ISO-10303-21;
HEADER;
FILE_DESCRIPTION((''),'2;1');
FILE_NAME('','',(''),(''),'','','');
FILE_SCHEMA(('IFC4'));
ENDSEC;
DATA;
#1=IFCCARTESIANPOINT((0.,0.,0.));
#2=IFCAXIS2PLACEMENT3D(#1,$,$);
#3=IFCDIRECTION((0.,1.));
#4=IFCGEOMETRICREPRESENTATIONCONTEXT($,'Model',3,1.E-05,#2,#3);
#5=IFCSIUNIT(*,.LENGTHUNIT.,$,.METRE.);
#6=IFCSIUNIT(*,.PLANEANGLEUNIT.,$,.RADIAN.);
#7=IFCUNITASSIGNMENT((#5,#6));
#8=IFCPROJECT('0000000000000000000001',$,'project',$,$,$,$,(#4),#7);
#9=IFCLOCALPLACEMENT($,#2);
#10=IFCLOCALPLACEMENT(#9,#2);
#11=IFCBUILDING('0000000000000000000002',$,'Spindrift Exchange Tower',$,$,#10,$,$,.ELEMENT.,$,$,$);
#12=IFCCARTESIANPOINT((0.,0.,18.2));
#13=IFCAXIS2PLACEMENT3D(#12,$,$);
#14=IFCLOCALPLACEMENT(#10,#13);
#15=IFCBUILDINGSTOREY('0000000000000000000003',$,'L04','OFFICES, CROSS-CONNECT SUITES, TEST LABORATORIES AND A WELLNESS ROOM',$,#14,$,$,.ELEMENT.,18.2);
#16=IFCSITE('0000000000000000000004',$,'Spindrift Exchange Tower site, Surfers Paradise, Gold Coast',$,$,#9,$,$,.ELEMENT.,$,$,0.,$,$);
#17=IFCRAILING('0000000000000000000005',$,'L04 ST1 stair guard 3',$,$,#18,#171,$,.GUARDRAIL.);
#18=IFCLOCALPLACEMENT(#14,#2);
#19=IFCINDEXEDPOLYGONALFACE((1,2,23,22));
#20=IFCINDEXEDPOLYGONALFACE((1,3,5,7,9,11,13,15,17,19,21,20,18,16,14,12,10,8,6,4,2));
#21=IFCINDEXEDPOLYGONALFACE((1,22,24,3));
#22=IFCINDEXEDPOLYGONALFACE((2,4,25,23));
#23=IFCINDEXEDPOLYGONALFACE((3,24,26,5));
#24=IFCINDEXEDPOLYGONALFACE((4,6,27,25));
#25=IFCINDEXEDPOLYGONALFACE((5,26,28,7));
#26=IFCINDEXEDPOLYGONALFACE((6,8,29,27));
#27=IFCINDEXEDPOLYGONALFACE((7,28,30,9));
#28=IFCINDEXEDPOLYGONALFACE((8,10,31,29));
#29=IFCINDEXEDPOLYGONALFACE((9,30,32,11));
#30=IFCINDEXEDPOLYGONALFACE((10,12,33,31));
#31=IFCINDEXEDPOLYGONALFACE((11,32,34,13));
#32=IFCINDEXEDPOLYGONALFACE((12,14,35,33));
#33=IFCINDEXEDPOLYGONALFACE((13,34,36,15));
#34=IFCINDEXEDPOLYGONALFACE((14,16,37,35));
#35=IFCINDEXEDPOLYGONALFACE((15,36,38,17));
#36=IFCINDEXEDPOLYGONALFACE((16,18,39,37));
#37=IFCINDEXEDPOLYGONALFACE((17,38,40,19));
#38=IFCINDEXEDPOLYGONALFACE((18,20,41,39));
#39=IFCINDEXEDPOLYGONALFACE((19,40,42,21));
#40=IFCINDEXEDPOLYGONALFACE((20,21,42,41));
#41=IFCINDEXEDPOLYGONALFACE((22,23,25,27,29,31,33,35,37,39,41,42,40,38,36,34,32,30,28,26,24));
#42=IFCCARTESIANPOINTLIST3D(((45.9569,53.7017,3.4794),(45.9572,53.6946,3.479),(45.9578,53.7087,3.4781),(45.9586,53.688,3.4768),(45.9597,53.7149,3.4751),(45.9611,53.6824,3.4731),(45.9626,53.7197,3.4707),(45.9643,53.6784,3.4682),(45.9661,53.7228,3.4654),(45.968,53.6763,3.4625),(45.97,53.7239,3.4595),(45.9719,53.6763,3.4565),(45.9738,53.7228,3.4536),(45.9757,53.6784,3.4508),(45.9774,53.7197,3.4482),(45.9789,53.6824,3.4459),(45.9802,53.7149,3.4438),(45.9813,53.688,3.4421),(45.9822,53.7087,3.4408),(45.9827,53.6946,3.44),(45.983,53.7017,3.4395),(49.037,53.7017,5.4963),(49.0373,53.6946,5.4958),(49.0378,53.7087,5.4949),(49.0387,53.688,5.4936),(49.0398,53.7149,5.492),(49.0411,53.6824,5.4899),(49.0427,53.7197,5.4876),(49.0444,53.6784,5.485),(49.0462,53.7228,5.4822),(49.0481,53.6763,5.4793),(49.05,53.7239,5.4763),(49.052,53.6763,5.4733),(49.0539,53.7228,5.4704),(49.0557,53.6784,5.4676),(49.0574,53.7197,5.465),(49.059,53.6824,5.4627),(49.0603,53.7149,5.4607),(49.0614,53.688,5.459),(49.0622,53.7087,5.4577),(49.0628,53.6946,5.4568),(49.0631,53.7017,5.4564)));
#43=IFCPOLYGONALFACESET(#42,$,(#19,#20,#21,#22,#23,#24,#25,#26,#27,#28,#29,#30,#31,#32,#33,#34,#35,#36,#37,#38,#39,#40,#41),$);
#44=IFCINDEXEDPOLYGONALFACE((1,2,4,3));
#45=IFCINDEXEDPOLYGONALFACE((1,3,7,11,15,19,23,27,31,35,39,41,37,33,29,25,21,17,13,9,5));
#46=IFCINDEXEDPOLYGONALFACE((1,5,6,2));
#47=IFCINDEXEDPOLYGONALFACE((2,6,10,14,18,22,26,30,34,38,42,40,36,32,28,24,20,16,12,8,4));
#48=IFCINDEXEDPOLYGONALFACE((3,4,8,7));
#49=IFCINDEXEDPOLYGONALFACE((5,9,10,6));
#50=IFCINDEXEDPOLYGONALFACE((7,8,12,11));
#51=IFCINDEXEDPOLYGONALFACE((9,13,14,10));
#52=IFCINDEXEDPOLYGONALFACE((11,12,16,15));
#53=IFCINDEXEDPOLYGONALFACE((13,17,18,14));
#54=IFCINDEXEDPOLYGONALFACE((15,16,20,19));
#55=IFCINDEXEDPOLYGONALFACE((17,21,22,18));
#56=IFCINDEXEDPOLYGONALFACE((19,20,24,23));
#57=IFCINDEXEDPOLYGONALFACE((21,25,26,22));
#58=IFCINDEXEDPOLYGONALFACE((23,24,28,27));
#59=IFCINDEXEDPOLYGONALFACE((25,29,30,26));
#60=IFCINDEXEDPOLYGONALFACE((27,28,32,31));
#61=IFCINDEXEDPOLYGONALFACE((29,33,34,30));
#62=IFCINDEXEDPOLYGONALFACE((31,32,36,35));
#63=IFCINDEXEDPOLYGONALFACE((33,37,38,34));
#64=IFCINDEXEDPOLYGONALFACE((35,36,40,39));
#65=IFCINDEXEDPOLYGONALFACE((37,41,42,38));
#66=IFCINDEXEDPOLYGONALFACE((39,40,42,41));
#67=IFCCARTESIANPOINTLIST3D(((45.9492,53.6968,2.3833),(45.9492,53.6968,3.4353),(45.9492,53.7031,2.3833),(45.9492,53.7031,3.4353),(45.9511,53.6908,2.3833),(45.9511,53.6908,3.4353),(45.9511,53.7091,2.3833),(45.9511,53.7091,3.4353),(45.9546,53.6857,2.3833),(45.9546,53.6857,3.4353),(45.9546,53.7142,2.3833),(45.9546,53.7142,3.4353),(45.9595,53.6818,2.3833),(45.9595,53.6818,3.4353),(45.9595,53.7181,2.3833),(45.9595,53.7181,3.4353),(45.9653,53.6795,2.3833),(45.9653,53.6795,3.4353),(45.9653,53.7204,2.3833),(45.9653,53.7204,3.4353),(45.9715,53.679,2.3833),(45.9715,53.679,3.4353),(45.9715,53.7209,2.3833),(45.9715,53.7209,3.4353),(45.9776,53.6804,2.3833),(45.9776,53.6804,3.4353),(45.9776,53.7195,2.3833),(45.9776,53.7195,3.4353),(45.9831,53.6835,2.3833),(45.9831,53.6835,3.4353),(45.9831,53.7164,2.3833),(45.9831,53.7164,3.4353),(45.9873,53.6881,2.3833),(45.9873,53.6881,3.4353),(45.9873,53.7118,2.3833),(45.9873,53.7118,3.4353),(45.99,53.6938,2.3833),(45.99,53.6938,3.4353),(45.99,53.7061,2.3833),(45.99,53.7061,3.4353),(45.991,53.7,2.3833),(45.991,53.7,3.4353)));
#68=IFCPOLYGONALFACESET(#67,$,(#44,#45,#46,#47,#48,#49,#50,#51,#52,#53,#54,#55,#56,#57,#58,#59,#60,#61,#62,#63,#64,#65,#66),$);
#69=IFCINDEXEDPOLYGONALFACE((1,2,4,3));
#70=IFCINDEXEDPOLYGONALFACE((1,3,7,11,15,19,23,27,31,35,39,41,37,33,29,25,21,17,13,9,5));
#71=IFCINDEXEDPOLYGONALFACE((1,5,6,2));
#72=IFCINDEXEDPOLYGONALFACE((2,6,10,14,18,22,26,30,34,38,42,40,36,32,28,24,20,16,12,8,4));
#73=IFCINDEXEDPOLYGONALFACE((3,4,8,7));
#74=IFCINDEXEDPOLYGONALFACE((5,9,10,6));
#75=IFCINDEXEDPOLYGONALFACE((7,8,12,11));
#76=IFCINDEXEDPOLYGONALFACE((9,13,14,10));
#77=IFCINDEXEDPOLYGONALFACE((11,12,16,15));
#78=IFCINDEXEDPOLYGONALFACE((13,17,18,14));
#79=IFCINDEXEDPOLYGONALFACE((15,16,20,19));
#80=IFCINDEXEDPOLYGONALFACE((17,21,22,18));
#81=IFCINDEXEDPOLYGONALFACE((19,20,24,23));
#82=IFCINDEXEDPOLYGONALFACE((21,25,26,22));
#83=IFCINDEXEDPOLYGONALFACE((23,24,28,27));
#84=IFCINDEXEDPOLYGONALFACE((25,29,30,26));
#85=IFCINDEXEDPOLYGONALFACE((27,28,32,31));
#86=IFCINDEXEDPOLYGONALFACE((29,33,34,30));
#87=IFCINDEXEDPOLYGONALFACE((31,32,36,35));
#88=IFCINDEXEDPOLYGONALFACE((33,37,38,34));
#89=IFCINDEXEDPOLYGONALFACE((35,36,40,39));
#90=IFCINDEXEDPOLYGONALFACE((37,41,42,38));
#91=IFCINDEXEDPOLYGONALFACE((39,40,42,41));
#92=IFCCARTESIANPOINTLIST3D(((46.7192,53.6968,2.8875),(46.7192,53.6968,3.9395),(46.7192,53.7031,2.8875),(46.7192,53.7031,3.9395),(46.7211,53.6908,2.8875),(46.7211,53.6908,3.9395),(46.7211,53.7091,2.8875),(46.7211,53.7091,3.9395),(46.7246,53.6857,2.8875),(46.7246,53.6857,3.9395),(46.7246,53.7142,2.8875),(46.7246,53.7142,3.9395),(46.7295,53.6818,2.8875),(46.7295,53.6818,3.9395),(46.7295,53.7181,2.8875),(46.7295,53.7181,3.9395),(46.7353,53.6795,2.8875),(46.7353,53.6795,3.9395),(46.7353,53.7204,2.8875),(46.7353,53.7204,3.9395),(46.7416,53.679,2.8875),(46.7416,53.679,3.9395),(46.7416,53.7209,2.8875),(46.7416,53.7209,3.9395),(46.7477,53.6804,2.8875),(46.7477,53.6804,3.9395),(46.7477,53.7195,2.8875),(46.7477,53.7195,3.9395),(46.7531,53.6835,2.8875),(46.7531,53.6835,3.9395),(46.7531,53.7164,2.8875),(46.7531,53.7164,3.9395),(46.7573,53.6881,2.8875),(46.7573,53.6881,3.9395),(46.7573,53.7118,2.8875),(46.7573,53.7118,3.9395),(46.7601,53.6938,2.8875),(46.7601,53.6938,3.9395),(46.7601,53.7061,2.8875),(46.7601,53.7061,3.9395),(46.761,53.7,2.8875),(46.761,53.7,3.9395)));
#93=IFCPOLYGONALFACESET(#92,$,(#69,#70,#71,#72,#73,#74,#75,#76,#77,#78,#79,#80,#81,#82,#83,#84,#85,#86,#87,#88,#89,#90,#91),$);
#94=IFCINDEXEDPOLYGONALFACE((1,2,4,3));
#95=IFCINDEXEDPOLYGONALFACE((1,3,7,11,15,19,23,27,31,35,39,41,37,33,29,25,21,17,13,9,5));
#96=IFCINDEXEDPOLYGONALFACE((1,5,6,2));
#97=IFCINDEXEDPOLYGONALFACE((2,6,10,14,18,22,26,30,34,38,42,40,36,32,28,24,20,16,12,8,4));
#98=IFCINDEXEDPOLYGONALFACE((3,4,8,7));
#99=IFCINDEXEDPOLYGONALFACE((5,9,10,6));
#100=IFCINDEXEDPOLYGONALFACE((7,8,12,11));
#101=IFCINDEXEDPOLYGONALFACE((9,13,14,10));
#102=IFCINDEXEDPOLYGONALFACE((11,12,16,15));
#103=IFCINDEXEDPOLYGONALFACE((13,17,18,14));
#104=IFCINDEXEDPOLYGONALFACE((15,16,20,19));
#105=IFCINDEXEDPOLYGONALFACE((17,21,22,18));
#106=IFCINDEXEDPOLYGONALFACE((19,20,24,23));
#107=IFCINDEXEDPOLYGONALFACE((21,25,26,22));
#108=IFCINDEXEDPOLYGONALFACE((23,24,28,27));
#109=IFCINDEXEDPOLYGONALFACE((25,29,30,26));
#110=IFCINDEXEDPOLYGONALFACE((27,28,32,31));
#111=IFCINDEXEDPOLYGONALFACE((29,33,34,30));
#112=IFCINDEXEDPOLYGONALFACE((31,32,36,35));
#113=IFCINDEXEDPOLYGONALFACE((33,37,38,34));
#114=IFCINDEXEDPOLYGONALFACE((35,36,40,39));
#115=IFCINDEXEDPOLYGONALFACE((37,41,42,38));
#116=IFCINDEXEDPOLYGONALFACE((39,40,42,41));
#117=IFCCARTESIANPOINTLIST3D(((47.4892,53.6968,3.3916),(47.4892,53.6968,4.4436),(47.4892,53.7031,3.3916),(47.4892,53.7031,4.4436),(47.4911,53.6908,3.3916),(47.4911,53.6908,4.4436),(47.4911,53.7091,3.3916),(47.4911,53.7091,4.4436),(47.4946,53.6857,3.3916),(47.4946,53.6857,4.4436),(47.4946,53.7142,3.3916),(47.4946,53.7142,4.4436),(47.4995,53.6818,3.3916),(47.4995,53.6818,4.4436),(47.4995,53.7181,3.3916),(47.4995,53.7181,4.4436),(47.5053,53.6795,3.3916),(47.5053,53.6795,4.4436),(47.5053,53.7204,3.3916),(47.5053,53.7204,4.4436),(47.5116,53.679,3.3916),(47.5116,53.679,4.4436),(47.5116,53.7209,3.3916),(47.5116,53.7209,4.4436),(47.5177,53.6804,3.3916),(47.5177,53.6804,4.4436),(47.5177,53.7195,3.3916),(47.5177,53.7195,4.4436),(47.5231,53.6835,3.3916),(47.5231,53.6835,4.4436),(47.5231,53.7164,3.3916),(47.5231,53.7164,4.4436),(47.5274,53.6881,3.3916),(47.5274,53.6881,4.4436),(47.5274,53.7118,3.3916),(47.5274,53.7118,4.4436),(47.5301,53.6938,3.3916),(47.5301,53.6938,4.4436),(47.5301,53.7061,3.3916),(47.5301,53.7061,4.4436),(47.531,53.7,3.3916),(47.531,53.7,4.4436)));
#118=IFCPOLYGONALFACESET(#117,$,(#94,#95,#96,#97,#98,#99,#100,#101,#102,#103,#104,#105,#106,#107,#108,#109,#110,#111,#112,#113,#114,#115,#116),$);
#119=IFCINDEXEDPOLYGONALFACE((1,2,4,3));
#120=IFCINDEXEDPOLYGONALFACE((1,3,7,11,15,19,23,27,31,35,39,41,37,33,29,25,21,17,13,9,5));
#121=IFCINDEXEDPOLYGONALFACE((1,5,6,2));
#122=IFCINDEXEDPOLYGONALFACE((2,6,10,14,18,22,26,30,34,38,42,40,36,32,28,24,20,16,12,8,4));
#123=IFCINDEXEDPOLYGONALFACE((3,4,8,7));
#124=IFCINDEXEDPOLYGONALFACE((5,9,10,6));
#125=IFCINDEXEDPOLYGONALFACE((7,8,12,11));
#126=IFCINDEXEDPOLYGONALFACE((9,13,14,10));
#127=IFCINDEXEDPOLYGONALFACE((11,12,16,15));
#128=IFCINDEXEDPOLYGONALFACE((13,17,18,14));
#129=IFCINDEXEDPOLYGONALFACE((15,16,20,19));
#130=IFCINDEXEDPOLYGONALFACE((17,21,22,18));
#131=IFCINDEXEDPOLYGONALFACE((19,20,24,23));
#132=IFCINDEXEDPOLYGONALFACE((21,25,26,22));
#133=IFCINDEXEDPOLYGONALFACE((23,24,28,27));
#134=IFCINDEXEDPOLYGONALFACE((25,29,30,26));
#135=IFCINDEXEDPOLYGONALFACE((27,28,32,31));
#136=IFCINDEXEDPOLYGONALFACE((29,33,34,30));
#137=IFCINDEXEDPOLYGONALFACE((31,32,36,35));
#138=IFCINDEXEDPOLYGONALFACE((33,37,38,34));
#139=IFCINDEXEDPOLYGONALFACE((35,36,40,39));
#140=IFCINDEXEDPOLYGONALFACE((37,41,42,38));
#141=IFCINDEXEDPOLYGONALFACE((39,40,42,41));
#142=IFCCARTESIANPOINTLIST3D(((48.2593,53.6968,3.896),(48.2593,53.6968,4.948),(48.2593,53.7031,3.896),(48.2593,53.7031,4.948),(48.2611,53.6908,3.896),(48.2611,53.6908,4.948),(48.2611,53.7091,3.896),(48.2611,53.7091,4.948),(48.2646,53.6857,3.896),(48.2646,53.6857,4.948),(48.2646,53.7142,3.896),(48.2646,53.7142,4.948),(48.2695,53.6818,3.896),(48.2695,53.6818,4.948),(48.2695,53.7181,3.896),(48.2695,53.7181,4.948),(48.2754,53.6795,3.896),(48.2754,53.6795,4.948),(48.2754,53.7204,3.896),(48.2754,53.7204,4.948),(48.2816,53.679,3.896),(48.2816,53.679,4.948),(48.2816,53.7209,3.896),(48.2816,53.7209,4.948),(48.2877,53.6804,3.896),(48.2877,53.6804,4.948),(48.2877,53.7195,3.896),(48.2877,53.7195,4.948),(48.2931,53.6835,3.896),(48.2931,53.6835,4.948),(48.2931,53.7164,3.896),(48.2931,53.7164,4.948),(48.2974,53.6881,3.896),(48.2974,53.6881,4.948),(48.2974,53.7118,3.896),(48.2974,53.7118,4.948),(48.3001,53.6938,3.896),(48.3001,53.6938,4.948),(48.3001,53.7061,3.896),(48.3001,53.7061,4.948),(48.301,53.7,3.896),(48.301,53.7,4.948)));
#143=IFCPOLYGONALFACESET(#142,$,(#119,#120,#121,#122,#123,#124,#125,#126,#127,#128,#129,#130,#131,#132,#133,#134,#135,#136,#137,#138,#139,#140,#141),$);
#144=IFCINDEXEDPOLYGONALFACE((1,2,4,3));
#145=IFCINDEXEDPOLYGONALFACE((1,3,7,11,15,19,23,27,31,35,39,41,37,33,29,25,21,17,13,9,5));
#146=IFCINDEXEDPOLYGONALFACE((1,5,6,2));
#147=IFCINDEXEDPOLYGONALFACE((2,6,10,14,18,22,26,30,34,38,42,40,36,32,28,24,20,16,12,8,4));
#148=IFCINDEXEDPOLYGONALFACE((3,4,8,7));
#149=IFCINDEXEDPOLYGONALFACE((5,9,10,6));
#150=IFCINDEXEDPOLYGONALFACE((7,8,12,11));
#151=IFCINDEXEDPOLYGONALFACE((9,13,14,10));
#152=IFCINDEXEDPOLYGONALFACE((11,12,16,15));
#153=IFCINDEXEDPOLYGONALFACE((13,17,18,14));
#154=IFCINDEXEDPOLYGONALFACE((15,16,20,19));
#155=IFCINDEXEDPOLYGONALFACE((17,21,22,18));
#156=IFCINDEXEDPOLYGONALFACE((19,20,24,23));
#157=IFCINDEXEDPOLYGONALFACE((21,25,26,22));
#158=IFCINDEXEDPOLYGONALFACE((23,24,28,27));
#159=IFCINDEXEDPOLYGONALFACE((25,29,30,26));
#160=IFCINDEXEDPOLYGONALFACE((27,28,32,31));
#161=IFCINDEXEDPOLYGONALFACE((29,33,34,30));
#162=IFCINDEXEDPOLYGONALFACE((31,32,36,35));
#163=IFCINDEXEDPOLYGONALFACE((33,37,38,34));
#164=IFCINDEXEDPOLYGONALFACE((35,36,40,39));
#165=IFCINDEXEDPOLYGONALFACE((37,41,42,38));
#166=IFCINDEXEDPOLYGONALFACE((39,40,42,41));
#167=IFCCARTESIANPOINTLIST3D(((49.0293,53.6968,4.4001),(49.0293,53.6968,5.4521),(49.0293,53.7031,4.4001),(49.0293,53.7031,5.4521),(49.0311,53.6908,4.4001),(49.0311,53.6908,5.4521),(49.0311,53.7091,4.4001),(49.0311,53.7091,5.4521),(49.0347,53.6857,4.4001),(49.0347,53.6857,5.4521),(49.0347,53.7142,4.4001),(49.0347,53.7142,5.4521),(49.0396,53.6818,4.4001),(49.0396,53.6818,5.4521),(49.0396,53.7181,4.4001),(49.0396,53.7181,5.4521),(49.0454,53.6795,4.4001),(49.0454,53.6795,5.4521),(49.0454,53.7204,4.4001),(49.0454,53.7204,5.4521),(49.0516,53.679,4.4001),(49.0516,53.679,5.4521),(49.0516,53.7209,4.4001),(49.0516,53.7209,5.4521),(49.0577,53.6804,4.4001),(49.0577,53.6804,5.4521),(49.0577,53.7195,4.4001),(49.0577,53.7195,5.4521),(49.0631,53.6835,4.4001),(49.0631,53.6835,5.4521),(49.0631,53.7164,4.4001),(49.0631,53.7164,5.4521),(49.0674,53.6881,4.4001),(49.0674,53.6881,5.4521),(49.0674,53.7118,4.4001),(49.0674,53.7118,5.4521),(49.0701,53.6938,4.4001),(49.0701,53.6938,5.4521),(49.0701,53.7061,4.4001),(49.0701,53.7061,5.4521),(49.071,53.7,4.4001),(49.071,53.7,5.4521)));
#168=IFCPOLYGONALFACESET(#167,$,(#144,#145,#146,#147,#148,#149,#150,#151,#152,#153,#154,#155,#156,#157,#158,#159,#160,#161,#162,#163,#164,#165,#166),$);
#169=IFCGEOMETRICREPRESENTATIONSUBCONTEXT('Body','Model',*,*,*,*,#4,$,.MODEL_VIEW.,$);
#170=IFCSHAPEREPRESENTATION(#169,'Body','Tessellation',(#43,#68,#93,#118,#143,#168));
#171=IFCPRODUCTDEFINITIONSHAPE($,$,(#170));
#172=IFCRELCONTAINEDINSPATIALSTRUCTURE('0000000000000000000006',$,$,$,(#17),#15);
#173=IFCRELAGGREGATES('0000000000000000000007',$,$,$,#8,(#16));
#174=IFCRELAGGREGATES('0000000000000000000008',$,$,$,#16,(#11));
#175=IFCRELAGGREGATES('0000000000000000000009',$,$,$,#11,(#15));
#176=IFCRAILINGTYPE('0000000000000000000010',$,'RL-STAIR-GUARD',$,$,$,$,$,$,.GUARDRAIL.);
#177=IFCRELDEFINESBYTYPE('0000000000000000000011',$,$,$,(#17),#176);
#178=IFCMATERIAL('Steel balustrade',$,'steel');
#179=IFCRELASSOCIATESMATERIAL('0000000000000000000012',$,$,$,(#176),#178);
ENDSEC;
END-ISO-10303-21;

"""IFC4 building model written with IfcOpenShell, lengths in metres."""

from ifc_helpers import new_model, si_unit, direction, frame, origin, origin_2d, place, context, subcontext, project, spatial, circle, extrude, material, type_object, element, save


model = new_model("IFC4")

# Units and contexts
model_context = context("Model", 3, precision=1e-05, world=origin(), true_north=direction((0.0, 1.0)))
body_context = subcontext(model_context, "Body", "Model", "MODEL_VIEW")
ifc_project = project(units=[si_unit("LENGTHUNIT", "METRE"), si_unit("PLANEANGLEUNIT", "RADIAN")], contexts=[model_context])

# Site, building, storey
site_placement = place(None, origin())
site = spatial("IfcSite", under=ifc_project, at=site_placement, Name="Spindrift Exchange Tower site, Surfers Paradise, Gold Coast", CompositionType="ELEMENT", RefElevation=0.0)
building_placement = place(site_placement, origin())
building = spatial("IfcBuilding", under=site, at=building_placement, Name="Spindrift Exchange Tower", CompositionType="ELEMENT")
storey_placement = place(building_placement, frame((0.0, 0.0, 18.2)))
storey = spatial("IfcBuildingStorey", under=building, at=storey_placement, Name="L04", Description="OFFICES, CROSS-CONNECT SUITES, TEST LABORATORIES AND A WELLNESS ROOM", CompositionType="ELEMENT", Elevation=18.2)

# Railing
ifc_material_1 = material(Name="Steel balustrade", Category="steel")
railing_type_1 = type_object("IfcRailingType", Name="RL-STAIR-GUARD", PredefinedType="GUARDRAIL", material=ifc_material_1)
railing_1_placement = place(storey_placement, frame((45.97, 53.7, 2.3833)))
element("IfcRailing", 1, at=railing_1_placement, inside=storey, type_object=railing_type_1, Name="L04 ST1 stair guard 3", PredefinedType="GUARDRAIL", context=body_context, shape_type="SweptSolid", body=[
    extrude(circle(Radius=0.0239, at=origin_2d()), frame((0.0, 0.0, 1.0762), z_axis=(0.836603, 0.0, 0.54781), x_axis=(0.0, 1.0, 0.0)), (0.0, 0.0, 1.0), 3.6816),
    extrude(circle(Radius=0.021, at=origin_2d()), origin(), (0.0, 0.0, 1.0), 1.052),
    extrude(circle(Radius=0.021, at=origin_2d()), frame((0.77, 0.0, 0.5042)), (0.0, 0.0, 1.0), 1.052),
    extrude(circle(Radius=0.021, at=origin_2d()), frame((1.54, 0.0, 1.0083)), (0.0, 0.0, 1.0), 1.052),
    extrude(circle(Radius=0.021, at=origin_2d()), frame((2.3101, 0.0, 1.5127)), (0.0, 0.0, 1.0), 1.052),
    extrude(circle(Radius=0.021, at=origin_2d()), frame((3.0801, 0.0, 2.0168)), (0.0, 0.0, 1.0), 1.052),
])

save(model, "model.ifc")
